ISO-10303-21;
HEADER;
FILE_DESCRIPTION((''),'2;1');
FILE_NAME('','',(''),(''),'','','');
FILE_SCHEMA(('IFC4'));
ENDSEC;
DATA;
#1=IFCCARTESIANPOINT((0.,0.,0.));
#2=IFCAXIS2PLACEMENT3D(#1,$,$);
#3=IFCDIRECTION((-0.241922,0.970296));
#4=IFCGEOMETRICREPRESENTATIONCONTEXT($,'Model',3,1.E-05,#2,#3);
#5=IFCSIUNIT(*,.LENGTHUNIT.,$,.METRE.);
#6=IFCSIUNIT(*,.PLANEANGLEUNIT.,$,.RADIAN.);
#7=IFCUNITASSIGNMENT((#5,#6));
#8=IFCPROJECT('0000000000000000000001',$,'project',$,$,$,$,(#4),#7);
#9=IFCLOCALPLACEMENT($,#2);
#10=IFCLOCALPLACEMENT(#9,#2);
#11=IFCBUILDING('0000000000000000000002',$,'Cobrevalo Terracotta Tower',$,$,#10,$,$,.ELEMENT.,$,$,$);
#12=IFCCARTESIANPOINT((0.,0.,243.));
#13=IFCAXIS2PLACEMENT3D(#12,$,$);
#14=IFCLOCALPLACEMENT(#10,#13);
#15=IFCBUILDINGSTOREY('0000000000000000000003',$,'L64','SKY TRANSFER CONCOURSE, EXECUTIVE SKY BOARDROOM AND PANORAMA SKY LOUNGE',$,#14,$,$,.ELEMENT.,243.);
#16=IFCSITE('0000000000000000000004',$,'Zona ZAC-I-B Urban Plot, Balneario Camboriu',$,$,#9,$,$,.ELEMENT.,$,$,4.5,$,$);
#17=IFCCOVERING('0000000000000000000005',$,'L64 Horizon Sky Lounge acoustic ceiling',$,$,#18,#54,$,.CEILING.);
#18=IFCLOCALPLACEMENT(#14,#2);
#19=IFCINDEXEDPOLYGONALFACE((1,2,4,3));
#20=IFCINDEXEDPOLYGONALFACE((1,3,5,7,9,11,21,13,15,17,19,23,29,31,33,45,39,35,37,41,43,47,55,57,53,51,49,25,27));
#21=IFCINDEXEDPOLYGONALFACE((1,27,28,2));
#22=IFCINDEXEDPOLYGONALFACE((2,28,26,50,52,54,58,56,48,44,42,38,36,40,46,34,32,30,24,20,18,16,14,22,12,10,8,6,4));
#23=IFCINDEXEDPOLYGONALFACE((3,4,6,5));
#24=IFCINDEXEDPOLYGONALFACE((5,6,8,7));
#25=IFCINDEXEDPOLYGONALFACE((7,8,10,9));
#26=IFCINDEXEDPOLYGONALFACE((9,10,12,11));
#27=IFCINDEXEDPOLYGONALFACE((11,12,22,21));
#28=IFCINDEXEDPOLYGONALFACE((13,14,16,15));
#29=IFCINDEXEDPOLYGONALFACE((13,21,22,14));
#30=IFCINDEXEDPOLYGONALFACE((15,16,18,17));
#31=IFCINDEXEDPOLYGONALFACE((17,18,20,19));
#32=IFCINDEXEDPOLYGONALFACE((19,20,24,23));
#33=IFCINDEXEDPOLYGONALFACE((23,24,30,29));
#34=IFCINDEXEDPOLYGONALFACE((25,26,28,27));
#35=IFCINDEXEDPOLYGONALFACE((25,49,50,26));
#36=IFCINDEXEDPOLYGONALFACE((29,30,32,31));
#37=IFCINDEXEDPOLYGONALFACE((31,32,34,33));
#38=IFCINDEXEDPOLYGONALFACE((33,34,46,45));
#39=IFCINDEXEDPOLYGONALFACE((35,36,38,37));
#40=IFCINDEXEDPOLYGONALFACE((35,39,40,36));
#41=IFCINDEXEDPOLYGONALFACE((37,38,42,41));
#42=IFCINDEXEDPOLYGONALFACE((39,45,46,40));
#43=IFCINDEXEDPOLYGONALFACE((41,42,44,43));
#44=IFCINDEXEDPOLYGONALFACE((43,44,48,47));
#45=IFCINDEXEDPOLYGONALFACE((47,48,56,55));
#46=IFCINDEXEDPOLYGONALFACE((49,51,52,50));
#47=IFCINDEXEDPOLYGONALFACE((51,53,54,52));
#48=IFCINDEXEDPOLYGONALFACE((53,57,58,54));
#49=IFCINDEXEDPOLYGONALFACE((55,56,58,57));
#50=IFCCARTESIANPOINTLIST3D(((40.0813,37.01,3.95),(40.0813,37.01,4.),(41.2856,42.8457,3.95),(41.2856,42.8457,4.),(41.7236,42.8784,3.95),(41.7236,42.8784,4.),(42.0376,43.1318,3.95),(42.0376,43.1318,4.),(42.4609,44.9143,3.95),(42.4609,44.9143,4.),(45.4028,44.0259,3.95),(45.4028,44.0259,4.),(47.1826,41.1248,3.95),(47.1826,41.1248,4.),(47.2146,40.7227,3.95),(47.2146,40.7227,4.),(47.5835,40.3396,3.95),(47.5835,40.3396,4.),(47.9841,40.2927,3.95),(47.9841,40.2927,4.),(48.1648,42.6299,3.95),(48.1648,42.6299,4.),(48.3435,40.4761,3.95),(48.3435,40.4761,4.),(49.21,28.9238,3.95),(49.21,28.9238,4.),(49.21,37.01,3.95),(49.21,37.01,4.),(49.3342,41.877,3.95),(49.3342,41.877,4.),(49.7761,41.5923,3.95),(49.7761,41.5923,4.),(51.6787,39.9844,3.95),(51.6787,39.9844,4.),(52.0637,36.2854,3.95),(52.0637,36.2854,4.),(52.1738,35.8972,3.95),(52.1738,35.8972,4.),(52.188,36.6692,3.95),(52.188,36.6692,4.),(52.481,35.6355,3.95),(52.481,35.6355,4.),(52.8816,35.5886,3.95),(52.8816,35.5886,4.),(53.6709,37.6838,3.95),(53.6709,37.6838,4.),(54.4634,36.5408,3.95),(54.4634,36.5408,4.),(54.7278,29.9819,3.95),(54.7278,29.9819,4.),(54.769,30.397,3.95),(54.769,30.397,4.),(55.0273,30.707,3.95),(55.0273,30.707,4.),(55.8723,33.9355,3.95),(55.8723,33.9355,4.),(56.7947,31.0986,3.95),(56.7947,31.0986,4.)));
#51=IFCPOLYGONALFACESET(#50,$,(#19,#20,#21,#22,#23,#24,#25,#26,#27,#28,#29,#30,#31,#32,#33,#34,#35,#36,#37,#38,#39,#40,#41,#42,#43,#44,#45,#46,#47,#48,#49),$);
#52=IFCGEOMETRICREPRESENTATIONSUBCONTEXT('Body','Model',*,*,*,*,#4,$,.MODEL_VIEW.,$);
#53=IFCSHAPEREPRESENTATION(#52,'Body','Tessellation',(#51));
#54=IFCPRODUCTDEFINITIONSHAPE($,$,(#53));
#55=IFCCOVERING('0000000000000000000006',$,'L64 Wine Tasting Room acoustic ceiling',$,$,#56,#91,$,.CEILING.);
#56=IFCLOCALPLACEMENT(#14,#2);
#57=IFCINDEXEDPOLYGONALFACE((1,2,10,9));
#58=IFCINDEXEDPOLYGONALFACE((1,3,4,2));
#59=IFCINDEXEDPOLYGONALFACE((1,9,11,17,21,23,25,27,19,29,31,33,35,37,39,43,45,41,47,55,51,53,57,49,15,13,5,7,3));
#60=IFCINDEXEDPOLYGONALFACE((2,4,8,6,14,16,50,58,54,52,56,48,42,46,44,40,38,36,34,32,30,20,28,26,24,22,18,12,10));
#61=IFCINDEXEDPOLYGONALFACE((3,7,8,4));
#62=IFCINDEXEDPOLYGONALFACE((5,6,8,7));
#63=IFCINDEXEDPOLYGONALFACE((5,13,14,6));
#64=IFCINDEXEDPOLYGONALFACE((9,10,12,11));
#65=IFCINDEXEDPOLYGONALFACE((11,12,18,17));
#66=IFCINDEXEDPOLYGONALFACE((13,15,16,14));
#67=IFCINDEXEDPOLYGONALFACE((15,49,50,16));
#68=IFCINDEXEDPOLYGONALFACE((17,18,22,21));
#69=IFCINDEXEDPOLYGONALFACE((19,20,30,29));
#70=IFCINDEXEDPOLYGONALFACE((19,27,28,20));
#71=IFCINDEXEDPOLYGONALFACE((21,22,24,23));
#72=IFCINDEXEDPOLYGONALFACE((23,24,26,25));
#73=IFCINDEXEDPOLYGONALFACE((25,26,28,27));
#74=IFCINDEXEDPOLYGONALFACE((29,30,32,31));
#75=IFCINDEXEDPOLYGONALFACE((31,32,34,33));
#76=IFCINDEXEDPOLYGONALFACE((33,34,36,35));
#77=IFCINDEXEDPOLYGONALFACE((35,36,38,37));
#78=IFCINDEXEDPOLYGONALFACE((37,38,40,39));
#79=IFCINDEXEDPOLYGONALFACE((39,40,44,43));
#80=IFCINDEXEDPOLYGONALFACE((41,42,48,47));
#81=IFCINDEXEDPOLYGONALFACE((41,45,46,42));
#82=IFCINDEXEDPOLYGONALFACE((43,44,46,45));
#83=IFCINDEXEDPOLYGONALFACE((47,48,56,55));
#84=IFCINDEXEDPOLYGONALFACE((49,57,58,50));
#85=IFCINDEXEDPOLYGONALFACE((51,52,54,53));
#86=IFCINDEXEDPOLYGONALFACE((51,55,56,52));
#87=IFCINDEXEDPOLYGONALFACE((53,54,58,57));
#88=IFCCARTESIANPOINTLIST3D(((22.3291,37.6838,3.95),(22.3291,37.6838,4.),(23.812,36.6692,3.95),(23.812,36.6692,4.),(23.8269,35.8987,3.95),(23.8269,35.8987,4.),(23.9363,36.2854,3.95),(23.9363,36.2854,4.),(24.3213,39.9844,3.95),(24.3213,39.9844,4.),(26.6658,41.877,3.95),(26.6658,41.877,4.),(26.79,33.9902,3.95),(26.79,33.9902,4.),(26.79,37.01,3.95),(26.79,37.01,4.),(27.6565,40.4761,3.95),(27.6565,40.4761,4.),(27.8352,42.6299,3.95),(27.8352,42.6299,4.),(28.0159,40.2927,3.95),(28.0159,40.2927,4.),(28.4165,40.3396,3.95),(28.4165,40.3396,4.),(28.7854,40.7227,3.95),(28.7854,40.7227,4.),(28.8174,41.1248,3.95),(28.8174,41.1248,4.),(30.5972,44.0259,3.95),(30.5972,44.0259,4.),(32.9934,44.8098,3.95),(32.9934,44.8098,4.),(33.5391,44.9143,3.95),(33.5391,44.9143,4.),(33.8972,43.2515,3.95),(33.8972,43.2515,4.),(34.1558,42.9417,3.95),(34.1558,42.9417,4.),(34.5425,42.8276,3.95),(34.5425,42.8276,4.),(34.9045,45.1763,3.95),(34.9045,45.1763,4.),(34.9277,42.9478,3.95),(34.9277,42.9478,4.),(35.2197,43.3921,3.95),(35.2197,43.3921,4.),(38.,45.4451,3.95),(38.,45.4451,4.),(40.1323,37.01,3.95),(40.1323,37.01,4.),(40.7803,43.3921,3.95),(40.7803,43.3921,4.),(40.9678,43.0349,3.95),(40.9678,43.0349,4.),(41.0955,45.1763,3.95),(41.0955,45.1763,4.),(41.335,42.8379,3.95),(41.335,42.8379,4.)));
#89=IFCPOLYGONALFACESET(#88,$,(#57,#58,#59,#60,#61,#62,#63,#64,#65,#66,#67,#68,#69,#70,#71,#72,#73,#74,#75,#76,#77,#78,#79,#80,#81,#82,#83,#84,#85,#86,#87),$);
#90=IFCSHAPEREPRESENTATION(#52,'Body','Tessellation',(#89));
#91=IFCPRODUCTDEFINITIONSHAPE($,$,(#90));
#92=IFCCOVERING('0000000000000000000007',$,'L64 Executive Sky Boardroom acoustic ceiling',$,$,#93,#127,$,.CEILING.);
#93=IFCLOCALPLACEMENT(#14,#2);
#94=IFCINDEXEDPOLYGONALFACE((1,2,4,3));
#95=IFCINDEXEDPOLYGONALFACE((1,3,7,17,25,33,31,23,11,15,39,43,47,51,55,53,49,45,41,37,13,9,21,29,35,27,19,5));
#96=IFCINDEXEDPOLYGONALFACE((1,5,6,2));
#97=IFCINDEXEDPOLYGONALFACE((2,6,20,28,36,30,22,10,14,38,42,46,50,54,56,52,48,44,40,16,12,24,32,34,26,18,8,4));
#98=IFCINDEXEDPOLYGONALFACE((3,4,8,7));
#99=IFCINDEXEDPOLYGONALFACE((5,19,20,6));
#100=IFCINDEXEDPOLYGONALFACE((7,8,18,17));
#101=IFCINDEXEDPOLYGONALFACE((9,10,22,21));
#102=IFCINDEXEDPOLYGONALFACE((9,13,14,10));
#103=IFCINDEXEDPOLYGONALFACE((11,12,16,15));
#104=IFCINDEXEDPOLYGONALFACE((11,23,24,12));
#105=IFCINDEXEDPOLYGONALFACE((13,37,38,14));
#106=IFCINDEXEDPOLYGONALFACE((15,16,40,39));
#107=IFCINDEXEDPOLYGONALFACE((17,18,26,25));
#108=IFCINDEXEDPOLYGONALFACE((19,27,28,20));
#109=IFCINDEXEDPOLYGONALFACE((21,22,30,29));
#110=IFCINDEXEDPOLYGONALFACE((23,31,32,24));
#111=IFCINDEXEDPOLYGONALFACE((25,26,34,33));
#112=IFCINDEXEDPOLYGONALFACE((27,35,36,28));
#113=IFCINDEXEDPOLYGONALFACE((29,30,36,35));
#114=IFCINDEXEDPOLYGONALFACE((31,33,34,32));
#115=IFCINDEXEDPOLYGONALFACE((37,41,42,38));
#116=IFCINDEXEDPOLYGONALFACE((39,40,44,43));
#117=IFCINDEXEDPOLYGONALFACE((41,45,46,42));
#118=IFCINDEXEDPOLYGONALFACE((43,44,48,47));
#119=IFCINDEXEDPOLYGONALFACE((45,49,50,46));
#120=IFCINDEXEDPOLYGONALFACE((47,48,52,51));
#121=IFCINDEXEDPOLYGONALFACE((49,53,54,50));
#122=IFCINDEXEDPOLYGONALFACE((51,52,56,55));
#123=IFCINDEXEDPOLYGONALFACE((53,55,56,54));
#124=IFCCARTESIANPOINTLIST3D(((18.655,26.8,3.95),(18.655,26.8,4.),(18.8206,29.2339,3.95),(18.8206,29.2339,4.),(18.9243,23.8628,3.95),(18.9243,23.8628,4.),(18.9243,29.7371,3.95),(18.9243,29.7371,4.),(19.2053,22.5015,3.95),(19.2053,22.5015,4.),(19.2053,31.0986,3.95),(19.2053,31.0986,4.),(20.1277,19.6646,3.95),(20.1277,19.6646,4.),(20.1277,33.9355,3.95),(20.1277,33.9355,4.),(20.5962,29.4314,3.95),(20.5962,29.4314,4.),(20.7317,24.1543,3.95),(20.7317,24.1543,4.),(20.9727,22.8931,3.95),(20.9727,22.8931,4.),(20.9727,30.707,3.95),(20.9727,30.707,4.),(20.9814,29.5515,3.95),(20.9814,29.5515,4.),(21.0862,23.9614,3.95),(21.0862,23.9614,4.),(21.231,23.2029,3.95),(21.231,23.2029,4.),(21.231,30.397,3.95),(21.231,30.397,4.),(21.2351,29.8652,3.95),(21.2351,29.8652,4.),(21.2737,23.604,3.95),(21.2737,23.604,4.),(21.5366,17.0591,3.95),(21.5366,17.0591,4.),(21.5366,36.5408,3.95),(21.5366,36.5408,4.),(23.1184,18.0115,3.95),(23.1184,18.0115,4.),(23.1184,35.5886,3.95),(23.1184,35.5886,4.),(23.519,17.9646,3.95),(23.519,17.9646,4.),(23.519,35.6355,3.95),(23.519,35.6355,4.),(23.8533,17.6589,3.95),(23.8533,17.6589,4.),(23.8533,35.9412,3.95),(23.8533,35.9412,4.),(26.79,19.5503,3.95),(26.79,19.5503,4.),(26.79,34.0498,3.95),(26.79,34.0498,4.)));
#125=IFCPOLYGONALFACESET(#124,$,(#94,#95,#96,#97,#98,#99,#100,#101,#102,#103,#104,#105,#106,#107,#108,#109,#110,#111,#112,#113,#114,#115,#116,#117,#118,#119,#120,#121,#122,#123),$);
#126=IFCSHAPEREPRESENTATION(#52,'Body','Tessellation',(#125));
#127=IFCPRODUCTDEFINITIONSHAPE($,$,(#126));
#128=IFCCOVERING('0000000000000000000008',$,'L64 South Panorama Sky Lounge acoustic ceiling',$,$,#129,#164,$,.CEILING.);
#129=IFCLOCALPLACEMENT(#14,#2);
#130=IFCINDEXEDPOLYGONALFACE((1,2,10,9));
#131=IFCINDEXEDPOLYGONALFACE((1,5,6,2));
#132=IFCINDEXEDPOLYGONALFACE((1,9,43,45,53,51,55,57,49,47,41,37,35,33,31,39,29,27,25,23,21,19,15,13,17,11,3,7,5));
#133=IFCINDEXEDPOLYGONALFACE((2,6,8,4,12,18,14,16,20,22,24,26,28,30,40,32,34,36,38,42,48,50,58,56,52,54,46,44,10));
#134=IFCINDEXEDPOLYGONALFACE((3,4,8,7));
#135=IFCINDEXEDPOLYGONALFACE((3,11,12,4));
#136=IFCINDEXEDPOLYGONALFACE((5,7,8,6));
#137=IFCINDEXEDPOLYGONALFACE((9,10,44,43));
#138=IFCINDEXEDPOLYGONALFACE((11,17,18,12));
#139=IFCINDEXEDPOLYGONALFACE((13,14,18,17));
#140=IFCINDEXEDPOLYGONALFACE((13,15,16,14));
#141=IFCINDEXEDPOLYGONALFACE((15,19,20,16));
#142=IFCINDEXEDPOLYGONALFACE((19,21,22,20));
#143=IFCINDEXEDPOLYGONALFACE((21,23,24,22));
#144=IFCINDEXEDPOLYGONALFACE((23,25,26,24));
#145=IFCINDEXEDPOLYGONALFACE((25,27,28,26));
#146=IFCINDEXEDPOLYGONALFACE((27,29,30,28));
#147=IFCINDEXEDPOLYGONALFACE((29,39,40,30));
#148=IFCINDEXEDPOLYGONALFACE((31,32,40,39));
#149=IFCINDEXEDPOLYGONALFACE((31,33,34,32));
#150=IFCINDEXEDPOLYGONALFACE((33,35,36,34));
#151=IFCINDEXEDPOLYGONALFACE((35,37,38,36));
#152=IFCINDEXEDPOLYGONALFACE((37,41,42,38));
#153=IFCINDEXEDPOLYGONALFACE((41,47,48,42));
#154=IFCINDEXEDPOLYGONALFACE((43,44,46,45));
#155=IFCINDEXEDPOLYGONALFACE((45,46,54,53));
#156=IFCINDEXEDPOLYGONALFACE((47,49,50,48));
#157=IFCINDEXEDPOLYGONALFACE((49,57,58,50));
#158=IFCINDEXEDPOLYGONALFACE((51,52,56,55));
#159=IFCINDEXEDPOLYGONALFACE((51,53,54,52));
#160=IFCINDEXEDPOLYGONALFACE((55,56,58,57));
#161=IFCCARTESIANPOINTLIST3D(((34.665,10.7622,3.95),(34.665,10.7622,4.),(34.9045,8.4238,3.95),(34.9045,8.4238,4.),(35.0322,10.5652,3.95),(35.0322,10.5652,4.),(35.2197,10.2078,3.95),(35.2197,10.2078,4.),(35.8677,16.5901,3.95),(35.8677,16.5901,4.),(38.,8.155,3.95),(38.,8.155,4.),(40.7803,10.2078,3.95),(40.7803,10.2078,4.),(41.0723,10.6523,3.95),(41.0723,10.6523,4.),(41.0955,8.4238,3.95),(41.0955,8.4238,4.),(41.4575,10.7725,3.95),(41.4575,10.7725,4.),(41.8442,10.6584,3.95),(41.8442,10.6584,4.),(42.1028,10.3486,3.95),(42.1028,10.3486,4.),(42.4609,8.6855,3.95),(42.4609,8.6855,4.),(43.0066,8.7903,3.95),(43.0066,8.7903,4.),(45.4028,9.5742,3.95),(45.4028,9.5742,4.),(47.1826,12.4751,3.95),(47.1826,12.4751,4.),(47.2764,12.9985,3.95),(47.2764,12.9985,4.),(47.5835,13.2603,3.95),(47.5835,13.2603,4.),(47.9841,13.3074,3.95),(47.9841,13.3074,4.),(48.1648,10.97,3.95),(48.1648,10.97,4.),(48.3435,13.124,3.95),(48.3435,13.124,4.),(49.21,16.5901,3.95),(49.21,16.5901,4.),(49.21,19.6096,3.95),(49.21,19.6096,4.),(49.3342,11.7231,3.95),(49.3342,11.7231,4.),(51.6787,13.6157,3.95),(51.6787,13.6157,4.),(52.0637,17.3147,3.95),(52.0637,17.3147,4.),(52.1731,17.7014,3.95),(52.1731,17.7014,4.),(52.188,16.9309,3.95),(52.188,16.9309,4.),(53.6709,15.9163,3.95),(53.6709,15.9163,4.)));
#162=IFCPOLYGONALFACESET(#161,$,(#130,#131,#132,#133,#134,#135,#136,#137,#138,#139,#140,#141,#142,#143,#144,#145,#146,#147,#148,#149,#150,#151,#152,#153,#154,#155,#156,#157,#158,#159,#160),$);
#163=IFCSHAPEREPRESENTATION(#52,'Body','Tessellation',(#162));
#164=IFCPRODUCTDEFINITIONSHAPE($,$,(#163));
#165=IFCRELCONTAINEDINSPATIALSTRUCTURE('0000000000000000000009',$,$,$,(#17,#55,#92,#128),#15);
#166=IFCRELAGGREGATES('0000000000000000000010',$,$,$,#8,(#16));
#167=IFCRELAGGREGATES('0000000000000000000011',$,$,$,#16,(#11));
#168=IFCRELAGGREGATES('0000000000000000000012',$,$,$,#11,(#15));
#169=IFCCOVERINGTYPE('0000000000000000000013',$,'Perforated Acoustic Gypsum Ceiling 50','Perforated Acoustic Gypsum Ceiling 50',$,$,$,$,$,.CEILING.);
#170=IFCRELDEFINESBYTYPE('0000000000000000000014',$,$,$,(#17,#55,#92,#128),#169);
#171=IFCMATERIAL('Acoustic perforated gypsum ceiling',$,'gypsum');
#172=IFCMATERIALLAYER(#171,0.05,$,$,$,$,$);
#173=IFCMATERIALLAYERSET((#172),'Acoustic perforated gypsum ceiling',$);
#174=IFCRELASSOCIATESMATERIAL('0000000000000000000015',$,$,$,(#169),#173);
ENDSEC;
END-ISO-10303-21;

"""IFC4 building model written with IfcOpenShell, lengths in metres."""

from ifc_helpers import new_model, si_unit, direction, frame, origin, place, context, subcontext, project, spatial, polyline, outline, extrude, material, layer, layer_set, type_object, element, save


model = new_model("IFC4")

# Units and contexts
model_context = context("Model", 3, precision=1e-05, world=origin(), true_north=direction((-0.241922, 0.970296)))
body_context = subcontext(model_context, "Body", "Model", "MODEL_VIEW")
ifc_project = project(units=[si_unit("LENGTHUNIT", "METRE"), si_unit("PLANEANGLEUNIT", "RADIAN")], contexts=[model_context])

# Site, building, storey
site_placement = place(None, origin())
site = spatial("IfcSite", under=ifc_project, at=site_placement, Name="Zona ZAC-I-B Urban Plot, Balneario Camboriu", CompositionType="ELEMENT", RefElevation=4.5)
building_placement = place(site_placement, origin())
building = spatial("IfcBuilding", under=site, at=building_placement, Name="Cobrevalo Terracotta Tower", CompositionType="ELEMENT")
storey_placement = place(building_placement, frame((0.0, 0.0, 243.0)))
storey = spatial("IfcBuildingStorey", under=building, at=storey_placement, Name="L64", Description="SKY TRANSFER CONCOURSE, EXECUTIVE SKY BOARDROOM AND PANORAMA SKY LOUNGE", CompositionType="ELEMENT", Elevation=243.0)

# Coverings
ifc_material_1 = material(Name="Acoustic perforated gypsum ceiling", Category="gypsum")
ifc_layer_1 = layer(ifc_material_1, 0.05)
ifc_layer_set_1 = layer_set([ifc_layer_1], Name="Acoustic perforated gypsum ceiling")
covering_type_1 = type_object("IfcCoveringType", Name="Perforated Acoustic Gypsum Ceiling 50", Description="Perforated Acoustic Gypsum Ceiling 50", PredefinedType="CEILING", material=ifc_layer_set_1)
covering_1_placement = place(storey_placement, frame((0.0, 0.0, 3.95)))
element("IfcCovering", 1, at=covering_1_placement, inside=storey, type_object=covering_type_1, Name="L64 Horizon Sky Lounge acoustic ceiling", PredefinedType="CEILING", context=body_context, shape_type="SweptSolid", body=[
    extrude(outline(polyline([(41.2856, 42.8457), (41.7236, 42.8784), (42.0376, 43.1318), (42.4609, 44.9143), (45.4028, 44.0259), (48.1648, 42.6299), (47.1826, 41.1248), (47.2146, 40.7227), (47.5835, 40.3396), (47.9841, 40.2927), (48.3435, 40.4761), (49.3342, 41.877), (49.7761, 41.5923), (51.6787, 39.9844), (53.6709, 37.6838), (52.188, 36.6692), (52.0637, 36.2854), (52.1738, 35.8972), (52.481, 35.6355), (52.8816, 35.5886), (54.4634, 36.5408), (55.8723, 33.9355), (56.7947, 31.0986), (55.0273, 30.707), (54.769, 30.397), (54.7278, 29.9819), (49.21, 28.9238), (49.21, 37.01), (40.0813, 37.01), (41.2856, 42.8457)])), origin(), (0.0, 0.0, 1.0), 0.05),
])
covering_2_placement = place(storey_placement, frame((0.0, 0.0, 3.95)))
element("IfcCovering", 2, at=covering_2_placement, inside=storey, type_object=covering_type_1, Name="L64 Wine Tasting Room acoustic ceiling", PredefinedType="CEILING", context=body_context, shape_type="SweptSolid", body=[
    extrude(outline(polyline([(24.3213, 39.9844), (26.6658, 41.877), (27.6565, 40.4761), (28.0159, 40.2927), (28.4165, 40.3396), (28.7854, 40.7227), (28.8174, 41.1248), (27.8352, 42.6299), (30.5972, 44.0259), (32.9934, 44.8098), (33.5391, 44.9143), (33.8972, 43.2515), (34.1558, 42.9417), (34.5425, 42.8276), (34.9277, 42.9478), (35.2197, 43.3921), (34.9045, 45.1763), (38.0, 45.4451), (41.0955, 45.1763), (40.7803, 43.3921), (40.9678, 43.0349), (41.335, 42.8379), (40.1323, 37.01), (26.79, 37.01), (26.79, 33.9902), (23.8269, 35.8987), (23.9363, 36.2854), (23.812, 36.6692), (22.3291, 37.6838), (24.3213, 39.9844)])), origin(), (0.0, 0.0, 1.0), 0.05),
])
covering_3_placement = place(storey_placement, frame((0.0, 0.0, 3.95)))
element("IfcCovering", 3, at=covering_3_placement, inside=storey, type_object=covering_type_1, Name="L64 Executive Sky Boardroom acoustic ceiling", PredefinedType="CEILING", context=body_context, shape_type="SweptSolid", body=[
    extrude(outline(polyline([(20.1277, 19.6646), (19.2053, 22.5015), (20.9727, 22.8931), (21.231, 23.2029), (21.2737, 23.604), (21.0862, 23.9614), (20.7317, 24.1543), (18.9243, 23.8628), (18.655, 26.8), (18.8206, 29.2339), (18.9243, 29.7371), (20.5962, 29.4314), (20.9814, 29.5515), (21.2351, 29.8652), (21.231, 30.397), (20.9727, 30.707), (19.2053, 31.0986), (20.1277, 33.9355), (21.5366, 36.5408), (23.1184, 35.5886), (23.519, 35.6355), (23.8533, 35.9412), (26.79, 34.0498), (26.79, 19.5503), (23.8533, 17.6589), (23.519, 17.9646), (23.1184, 18.0115), (21.5366, 17.0591), (20.1277, 19.6646)])), origin(), (0.0, 0.0, 1.0), 0.05),
])
covering_4_placement = place(storey_placement, frame((0.0, 0.0, 3.95)))
element("IfcCovering", 4, at=covering_4_placement, inside=storey, type_object=covering_type_1, Name="L64 South Panorama Sky Lounge acoustic ceiling", PredefinedType="CEILING", context=body_context, shape_type="SweptSolid", body=[
    extrude(outline(polyline([(51.6787, 13.6157), (49.3342, 11.7231), (48.3435, 13.124), (47.9841, 13.3074), (47.5835, 13.2603), (47.2764, 12.9985), (47.1826, 12.4751), (48.1648, 10.97), (45.4028, 9.5742), (43.0066, 8.7903), (42.4609, 8.6855), (42.1028, 10.3486), (41.8442, 10.6584), (41.4575, 10.7725), (41.0723, 10.6523), (40.7803, 10.2078), (41.0955, 8.4238), (38.0, 8.155), (34.9045, 8.4238), (35.2197, 10.2078), (35.0322, 10.5652), (34.665, 10.7622), (35.8677, 16.5901), (49.21, 16.5901), (49.21, 19.6096), (52.1731, 17.7014), (52.0637, 17.3147), (52.188, 16.9309), (53.6709, 15.9163), (51.6787, 13.6157)])), origin(), (0.0, 0.0, 1.0), 0.05),
])

save(model, "model.ifc")
